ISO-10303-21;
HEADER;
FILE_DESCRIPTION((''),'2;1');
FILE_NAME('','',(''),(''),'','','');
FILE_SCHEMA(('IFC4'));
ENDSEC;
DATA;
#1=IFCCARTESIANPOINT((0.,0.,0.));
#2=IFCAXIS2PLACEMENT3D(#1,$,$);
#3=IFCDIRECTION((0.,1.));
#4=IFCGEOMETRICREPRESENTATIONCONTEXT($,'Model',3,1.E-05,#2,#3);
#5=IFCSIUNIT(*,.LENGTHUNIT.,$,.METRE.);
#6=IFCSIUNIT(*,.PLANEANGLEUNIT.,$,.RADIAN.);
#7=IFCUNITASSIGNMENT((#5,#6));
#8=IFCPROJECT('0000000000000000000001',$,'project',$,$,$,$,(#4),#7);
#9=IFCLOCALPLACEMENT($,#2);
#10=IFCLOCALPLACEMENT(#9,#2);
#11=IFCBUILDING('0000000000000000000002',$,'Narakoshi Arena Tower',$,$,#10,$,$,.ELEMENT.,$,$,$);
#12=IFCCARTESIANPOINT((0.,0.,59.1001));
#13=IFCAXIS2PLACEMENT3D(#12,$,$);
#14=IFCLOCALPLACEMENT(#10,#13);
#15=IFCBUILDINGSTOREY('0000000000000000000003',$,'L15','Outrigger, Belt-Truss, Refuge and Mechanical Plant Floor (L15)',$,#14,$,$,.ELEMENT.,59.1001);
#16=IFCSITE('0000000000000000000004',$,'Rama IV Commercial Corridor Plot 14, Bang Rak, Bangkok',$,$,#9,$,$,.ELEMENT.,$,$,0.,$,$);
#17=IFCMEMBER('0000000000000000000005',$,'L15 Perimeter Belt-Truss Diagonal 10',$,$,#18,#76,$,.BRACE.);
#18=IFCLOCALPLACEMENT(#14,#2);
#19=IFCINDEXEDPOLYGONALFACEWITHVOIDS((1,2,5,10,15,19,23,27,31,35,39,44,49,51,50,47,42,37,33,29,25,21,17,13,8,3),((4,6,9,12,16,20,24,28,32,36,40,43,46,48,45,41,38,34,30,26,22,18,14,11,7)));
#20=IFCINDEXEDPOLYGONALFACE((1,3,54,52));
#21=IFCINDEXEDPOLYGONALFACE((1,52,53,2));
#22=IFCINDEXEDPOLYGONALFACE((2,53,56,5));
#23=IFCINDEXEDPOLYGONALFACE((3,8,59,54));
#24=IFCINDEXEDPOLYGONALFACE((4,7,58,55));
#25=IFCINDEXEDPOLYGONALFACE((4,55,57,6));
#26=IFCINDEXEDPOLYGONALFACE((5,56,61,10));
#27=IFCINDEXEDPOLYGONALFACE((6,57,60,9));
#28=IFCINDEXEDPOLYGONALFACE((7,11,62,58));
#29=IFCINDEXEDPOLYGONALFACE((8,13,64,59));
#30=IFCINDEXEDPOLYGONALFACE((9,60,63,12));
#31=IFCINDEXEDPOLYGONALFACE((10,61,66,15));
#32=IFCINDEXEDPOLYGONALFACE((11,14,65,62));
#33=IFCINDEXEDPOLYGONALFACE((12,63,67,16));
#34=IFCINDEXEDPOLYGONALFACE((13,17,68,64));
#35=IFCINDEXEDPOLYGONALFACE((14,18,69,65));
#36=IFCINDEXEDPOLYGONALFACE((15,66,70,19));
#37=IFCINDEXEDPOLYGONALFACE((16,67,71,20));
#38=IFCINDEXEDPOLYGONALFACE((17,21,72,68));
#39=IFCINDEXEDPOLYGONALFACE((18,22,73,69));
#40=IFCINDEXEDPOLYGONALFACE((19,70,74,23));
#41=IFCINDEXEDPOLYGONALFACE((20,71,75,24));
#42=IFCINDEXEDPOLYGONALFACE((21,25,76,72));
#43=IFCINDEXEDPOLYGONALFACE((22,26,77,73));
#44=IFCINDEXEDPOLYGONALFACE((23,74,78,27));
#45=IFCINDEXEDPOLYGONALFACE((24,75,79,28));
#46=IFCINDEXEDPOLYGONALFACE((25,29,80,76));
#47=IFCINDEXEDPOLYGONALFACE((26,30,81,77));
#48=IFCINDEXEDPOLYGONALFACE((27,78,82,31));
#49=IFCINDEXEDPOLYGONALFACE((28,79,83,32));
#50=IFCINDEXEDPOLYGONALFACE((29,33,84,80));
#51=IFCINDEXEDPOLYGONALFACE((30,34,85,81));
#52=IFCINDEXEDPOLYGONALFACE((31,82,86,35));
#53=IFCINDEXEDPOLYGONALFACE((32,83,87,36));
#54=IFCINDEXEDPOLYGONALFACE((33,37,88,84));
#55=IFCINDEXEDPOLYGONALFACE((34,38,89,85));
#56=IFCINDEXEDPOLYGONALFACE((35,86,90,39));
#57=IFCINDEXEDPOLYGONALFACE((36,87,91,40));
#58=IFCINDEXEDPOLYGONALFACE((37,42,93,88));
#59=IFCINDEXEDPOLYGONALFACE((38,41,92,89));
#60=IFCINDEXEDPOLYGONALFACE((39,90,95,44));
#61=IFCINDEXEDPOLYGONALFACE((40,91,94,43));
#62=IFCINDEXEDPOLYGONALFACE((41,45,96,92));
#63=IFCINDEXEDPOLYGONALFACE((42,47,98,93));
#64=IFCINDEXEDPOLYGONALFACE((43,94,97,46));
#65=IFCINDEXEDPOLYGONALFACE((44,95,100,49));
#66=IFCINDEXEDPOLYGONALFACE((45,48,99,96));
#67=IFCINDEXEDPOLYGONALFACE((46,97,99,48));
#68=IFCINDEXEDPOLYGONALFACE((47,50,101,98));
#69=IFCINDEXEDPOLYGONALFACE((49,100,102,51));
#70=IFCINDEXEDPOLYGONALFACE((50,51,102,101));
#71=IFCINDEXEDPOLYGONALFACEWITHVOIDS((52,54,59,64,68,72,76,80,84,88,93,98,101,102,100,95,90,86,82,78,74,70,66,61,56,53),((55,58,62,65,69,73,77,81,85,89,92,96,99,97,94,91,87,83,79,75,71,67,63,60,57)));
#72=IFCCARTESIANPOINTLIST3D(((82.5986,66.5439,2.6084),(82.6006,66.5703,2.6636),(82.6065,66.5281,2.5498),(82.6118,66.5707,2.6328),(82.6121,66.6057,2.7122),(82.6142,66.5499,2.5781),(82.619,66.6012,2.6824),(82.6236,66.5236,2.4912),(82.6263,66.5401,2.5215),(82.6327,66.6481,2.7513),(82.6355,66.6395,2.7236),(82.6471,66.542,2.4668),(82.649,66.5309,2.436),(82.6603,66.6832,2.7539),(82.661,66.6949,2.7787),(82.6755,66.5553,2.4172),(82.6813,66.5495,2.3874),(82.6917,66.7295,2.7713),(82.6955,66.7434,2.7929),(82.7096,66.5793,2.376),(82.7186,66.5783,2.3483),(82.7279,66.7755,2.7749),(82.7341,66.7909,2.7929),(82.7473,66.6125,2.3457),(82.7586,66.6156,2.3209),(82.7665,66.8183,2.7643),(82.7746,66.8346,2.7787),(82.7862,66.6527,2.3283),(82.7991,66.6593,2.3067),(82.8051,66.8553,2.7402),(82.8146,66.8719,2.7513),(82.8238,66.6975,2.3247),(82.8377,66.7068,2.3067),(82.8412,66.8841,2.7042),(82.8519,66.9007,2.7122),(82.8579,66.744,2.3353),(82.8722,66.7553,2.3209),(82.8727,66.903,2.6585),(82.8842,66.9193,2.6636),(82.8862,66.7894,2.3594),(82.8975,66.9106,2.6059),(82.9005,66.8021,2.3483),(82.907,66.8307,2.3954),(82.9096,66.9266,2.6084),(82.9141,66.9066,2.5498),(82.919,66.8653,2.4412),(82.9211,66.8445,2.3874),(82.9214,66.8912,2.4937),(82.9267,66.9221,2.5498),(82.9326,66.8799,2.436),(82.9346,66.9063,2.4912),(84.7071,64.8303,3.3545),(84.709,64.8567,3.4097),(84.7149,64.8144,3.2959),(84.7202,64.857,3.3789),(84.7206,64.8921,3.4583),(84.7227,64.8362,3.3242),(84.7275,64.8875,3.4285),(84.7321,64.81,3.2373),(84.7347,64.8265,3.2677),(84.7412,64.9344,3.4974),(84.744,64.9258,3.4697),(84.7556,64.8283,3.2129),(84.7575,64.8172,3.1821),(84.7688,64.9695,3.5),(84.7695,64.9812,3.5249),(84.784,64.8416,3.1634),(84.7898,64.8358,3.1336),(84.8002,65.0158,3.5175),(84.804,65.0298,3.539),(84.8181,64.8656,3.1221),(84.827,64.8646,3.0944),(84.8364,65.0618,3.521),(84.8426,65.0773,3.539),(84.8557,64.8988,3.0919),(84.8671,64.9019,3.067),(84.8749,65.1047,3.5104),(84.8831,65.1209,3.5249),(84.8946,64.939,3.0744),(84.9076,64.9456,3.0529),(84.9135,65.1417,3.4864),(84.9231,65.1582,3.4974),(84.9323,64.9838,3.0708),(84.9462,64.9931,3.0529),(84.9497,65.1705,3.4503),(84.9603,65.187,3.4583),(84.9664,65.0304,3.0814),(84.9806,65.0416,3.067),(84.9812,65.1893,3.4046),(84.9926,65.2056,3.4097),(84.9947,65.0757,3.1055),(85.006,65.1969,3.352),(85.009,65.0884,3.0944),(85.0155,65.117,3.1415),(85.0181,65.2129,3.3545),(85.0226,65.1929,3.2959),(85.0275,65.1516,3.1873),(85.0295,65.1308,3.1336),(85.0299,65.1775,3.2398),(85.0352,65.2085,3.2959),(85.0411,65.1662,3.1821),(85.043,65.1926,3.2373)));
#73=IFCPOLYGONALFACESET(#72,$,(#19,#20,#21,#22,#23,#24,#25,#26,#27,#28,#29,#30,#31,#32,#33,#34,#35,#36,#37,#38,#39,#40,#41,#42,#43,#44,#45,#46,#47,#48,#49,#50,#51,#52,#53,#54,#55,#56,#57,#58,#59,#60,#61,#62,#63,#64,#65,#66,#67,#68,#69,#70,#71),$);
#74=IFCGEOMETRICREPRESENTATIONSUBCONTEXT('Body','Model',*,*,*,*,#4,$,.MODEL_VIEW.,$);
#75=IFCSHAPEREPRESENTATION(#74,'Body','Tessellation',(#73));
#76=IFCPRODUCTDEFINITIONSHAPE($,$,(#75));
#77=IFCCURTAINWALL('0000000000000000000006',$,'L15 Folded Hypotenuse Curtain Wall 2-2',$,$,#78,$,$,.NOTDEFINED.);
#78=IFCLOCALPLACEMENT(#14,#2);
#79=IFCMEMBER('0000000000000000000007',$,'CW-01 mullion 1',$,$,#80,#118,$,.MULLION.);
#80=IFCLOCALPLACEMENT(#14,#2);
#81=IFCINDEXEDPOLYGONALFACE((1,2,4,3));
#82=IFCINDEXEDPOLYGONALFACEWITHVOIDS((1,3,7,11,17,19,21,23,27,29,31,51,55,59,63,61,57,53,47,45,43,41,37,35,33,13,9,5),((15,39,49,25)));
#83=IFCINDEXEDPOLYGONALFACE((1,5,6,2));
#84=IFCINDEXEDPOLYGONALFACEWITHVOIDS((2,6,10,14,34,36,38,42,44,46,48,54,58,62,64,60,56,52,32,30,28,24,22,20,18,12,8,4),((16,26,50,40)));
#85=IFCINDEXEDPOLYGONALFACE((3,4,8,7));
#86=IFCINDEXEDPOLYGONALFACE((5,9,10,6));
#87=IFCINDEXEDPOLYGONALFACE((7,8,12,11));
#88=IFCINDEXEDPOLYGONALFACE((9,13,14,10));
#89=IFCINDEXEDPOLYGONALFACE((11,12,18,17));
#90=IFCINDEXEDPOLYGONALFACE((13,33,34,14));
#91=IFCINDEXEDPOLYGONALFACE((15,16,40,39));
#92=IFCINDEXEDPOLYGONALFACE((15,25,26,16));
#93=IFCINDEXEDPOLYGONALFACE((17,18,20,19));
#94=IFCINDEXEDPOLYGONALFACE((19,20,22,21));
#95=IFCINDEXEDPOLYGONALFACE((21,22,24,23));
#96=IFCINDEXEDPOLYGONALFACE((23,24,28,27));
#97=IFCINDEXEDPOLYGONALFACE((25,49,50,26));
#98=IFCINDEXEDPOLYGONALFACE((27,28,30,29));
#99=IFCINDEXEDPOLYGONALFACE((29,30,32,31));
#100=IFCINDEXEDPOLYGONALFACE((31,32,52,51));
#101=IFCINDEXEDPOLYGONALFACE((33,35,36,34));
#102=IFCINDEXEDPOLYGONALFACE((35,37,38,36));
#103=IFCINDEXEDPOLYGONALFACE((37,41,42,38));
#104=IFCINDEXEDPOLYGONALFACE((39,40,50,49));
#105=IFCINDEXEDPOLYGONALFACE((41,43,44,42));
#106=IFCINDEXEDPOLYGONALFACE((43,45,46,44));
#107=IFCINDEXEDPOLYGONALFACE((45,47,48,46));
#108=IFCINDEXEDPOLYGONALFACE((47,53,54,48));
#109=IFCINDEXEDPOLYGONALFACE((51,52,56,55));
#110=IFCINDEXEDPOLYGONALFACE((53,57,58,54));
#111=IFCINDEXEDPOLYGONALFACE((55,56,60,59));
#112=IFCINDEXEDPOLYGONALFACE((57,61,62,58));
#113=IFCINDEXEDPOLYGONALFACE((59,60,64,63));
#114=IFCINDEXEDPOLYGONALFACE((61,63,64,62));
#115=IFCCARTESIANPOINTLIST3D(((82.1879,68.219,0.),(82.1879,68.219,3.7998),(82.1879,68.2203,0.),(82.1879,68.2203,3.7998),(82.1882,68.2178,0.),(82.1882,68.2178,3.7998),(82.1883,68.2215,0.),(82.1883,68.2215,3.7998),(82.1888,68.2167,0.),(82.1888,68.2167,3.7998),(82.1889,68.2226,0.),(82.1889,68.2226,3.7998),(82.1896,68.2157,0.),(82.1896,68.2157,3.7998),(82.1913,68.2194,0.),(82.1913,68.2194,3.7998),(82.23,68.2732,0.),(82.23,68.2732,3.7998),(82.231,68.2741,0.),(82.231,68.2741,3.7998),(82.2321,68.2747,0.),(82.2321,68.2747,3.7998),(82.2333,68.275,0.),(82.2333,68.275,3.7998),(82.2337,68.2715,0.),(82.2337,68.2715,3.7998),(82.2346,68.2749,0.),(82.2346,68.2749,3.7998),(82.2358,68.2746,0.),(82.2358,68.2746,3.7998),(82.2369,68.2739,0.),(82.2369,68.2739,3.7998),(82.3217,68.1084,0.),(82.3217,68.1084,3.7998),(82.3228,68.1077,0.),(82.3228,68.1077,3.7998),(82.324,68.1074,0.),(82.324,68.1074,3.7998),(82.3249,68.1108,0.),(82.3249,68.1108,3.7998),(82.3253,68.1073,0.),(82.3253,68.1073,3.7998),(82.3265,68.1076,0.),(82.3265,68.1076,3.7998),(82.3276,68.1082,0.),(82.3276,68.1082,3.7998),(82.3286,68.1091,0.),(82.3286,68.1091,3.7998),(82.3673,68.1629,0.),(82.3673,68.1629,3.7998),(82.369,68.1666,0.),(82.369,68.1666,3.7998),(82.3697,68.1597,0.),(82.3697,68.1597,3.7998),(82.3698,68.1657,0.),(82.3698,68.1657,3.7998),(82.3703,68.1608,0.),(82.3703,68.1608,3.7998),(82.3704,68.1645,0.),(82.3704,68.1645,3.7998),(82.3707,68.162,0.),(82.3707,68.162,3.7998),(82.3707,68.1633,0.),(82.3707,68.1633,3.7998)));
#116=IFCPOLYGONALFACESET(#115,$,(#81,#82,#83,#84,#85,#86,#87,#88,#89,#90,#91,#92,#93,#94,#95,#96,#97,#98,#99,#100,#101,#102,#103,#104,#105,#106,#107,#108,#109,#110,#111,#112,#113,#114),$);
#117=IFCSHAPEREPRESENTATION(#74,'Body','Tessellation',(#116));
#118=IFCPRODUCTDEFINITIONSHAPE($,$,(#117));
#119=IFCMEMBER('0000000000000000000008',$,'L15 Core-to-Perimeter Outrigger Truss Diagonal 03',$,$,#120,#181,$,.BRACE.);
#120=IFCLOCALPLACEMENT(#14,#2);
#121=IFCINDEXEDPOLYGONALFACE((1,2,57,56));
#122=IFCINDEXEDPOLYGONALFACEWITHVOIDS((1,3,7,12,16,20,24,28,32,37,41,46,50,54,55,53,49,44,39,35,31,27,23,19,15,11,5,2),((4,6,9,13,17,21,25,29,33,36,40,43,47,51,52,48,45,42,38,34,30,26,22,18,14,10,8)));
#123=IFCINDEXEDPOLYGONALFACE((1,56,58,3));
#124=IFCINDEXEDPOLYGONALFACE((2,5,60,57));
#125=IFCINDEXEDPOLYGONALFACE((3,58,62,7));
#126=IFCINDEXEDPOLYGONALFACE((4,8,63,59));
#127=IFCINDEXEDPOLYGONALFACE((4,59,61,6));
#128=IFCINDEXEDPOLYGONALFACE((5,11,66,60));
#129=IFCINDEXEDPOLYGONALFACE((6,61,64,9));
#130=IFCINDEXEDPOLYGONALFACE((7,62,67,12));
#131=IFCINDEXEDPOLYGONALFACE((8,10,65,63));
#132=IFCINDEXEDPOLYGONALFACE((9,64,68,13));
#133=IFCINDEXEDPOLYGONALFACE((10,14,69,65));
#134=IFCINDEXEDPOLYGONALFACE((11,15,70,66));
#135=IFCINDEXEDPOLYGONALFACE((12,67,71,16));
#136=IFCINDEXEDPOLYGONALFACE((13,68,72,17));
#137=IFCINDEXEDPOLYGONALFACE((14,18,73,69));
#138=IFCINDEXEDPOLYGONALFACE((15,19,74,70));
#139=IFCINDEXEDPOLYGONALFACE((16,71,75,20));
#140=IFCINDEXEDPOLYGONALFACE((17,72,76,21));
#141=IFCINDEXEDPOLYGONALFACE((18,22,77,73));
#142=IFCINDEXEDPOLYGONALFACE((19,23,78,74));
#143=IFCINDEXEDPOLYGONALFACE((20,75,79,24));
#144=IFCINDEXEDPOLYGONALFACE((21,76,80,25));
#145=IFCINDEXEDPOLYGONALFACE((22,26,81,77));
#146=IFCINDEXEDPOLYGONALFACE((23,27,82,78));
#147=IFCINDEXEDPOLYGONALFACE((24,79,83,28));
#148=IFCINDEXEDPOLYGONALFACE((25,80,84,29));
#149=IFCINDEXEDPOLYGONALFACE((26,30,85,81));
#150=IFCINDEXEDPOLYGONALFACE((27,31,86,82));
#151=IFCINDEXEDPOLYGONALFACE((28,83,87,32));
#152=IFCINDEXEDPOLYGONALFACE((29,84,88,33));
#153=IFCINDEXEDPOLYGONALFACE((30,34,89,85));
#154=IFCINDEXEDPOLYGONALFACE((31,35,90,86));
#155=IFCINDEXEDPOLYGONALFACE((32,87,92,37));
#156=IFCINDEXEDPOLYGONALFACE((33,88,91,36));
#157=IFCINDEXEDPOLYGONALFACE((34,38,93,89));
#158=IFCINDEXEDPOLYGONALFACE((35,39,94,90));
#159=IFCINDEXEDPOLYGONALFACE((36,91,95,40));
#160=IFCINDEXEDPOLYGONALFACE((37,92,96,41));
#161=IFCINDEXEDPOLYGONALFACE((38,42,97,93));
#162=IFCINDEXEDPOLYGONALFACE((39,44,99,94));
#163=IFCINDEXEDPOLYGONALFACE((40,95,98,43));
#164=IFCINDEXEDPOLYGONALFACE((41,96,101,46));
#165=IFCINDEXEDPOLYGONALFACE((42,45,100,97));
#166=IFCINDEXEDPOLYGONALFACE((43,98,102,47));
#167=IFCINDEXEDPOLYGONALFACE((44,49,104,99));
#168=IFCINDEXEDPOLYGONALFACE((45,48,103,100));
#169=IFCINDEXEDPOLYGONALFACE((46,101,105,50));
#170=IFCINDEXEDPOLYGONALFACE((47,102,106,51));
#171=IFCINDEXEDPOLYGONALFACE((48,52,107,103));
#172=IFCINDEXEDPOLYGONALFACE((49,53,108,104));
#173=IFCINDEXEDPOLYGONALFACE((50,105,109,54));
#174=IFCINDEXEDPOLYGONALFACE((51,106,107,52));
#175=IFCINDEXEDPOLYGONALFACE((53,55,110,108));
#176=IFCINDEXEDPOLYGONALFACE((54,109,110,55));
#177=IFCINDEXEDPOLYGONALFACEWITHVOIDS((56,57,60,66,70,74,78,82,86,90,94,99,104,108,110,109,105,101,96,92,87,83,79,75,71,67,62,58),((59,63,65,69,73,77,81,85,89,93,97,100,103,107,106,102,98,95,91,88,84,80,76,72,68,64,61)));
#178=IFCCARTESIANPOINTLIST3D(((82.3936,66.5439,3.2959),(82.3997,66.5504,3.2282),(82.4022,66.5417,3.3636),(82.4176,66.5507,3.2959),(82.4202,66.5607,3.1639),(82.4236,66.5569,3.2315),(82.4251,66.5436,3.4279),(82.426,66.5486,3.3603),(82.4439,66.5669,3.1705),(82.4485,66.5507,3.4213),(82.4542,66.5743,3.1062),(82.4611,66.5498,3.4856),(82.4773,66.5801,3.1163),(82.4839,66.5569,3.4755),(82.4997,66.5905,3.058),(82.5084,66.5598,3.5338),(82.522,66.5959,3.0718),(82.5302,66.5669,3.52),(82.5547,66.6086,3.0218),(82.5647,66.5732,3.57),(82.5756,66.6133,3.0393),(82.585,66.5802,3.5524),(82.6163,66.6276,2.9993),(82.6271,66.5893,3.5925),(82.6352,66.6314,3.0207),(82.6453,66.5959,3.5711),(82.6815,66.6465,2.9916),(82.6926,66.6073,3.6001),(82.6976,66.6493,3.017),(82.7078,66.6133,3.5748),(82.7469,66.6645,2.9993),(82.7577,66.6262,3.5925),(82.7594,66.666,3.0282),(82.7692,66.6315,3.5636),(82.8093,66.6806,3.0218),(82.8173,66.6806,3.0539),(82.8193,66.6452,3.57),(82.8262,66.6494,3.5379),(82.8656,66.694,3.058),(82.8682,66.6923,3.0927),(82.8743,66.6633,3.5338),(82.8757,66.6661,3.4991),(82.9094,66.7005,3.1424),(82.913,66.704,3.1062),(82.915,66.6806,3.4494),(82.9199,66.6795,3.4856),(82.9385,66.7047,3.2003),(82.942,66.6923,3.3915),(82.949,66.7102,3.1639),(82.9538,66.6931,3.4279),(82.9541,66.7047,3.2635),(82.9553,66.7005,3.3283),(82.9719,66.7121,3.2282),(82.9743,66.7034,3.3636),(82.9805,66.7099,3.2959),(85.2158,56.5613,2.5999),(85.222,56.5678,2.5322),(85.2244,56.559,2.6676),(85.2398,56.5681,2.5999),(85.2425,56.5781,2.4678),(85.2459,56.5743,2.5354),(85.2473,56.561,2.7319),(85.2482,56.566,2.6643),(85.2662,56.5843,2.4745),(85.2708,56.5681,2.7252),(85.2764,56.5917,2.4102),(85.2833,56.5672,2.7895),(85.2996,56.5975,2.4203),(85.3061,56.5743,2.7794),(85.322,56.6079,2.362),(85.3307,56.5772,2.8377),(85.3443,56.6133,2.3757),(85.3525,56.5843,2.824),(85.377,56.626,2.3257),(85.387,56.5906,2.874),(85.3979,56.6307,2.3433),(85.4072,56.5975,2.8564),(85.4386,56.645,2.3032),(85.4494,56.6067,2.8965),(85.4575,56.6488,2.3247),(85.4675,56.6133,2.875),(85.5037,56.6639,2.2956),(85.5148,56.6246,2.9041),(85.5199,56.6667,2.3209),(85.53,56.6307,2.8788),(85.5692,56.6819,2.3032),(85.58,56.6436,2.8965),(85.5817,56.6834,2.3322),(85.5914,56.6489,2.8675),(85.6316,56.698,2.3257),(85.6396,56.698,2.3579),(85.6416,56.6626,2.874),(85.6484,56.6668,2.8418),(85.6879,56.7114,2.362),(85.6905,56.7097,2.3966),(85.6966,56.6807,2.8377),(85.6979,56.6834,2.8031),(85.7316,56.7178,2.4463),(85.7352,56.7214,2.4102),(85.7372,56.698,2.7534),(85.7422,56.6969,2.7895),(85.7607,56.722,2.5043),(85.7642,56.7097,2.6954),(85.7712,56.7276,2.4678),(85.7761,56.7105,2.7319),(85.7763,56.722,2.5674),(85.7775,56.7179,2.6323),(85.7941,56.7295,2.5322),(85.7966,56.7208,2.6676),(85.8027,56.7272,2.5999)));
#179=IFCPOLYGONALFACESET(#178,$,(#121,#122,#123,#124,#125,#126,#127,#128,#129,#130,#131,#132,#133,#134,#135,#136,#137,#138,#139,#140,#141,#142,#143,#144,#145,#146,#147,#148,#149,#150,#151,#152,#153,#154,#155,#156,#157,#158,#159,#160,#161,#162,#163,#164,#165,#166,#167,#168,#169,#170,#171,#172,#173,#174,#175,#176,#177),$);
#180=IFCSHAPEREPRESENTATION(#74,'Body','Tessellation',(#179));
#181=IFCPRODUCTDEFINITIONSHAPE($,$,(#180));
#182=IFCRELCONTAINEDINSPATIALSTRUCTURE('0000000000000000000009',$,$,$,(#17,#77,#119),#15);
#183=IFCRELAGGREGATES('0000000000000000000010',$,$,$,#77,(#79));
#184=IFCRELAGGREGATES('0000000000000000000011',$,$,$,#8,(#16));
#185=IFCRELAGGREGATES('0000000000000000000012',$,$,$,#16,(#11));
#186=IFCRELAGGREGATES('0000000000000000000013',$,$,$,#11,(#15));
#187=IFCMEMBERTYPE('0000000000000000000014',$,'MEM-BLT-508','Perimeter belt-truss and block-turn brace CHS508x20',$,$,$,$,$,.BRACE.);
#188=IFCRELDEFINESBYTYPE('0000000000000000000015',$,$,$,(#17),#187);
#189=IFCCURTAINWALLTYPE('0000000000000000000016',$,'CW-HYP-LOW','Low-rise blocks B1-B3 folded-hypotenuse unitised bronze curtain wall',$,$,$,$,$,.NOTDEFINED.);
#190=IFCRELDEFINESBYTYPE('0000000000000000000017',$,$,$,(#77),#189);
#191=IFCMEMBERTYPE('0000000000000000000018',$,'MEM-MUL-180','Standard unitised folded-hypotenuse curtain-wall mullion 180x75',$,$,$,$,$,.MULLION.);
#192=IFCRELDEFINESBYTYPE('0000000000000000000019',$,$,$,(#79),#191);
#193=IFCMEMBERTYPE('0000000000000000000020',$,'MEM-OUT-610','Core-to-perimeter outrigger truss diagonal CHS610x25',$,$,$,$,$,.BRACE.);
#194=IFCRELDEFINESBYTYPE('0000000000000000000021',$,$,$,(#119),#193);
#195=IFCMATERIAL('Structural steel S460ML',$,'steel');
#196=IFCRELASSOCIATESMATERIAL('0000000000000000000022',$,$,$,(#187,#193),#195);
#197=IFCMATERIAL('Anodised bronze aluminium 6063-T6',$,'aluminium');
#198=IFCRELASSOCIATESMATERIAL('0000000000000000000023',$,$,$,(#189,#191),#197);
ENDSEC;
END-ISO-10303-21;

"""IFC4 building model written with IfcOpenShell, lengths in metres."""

from ifc_helpers import new_model, si_unit, direction, frame, origin, origin_2d, place, context, subcontext, project, spatial, hollow_rectangle, hollow_circle, extrude, material, material_profile, profile_set, type_object, element, aggregate, save


model = new_model("IFC4")

# Units and contexts
model_context = context("Model", 3, precision=1e-05, world=origin(), true_north=direction((0.0, 1.0)))
body_context = subcontext(model_context, "Body", "Model", "MODEL_VIEW")
ifc_project = project(units=[si_unit("LENGTHUNIT", "METRE"), si_unit("PLANEANGLEUNIT", "RADIAN")], contexts=[model_context])

# Site, building, storey
site_placement = place(None, origin())
site = spatial("IfcSite", under=ifc_project, at=site_placement, Name="Rama IV Commercial Corridor Plot 14, Bang Rak, Bangkok", CompositionType="ELEMENT", RefElevation=0.0)
building_placement = place(site_placement, origin())
building = spatial("IfcBuilding", under=site, at=building_placement, Name="Narakoshi Arena Tower", CompositionType="ELEMENT")
storey_placement = place(building_placement, frame((0.0, 0.0, 59.1001)))
storey = spatial("IfcBuildingStorey", under=building, at=storey_placement, Name="L15", Description="Outrigger, Belt-Truss, Refuge and Mechanical Plant Floor (L15)", CompositionType="ELEMENT", Elevation=59.1001)

# Shared definitions
ifc_material_1 = material(Name="Structural steel S460ML", Category="steel")

# Member
ifc_material_profile_1 = material_profile(ifc_material_1, hollow_circle(Radius=0.2539, WallThickness=0.02, at=origin_2d()), Name="CHS508x20")
ifc_profile_set_1 = profile_set([ifc_material_profile_1], Name="Structural steel S460ML")
member_type_1 = type_object("IfcMemberType", Name="MEM-BLT-508", Description="Perimeter belt-truss and block-turn brace CHS508x20", PredefinedType="BRACE", material=ifc_profile_set_1)
member_1_placement = place(storey_placement, frame((82.7666, 66.7251, 2.5498), z_axis=(0.748313, -0.608199, 0.264804), x_axis=(0.630714, 0.776015, 0.0)))
element("IfcMember", 1, at=member_1_placement, inside=storey, type_object=member_type_1, Name="L15 Perimeter Belt-Truss Diagonal 10", PredefinedType="BRACE", context=body_context, shape_type="SweptSolid", body=[
    extrude(hollow_circle(Radius=0.2539, WallThickness=0.02, at=origin_2d()), origin(), (0.0, 0.0, 1.0), 2.8176),
])

# Curtain wall, member
ifc_material_2 = material(Name="Anodised bronze aluminium 6063-T6", Category="aluminium")
curtain_wall_type = type_object("IfcCurtainWallType", Name="CW-HYP-LOW", Description="Low-rise blocks B1-B3 folded-hypotenuse unitised bronze curtain wall", PredefinedType="NOTDEFINED", material=ifc_material_2)
curtain_wall_placement = place(storey_placement, origin())
curtain_wall = element("IfcCurtainWall", 2, at=curtain_wall_placement, inside=storey, type_object=curtain_wall_type, Name="L15 Folded Hypotenuse Curtain Wall 2-2", PredefinedType="NOTDEFINED")
ifc_material_profile_2 = material_profile(ifc_material_2, hollow_rectangle(XDim=0.075, YDim=0.1799, WallThickness=0.0039, OuterFilletRadius=0.0049, at=origin_2d()), Name="MUL180x75x4")
ifc_profile_set_2 = profile_set([ifc_material_profile_2], Name="Anodised bronze aluminium 6063-T6")
member_type_2 = type_object("IfcMemberType", Name="MEM-MUL-180", Description="Standard unitised folded-hypotenuse curtain-wall mullion 180x75", PredefinedType="MULLION", material=ifc_profile_set_2)
member_2_placement = place(storey_placement, frame((82.2793, 68.1912, 0.0), z_axis=(0.0, 0.0, 1.0), x_axis=(-0.630733, -0.776, 0.0)))
member_2 = element("IfcMember", 3, at=member_2_placement, type_object=member_type_2, Name="CW-01 mullion 1", PredefinedType="MULLION", context=body_context, shape_type="SweptSolid", body=[
    extrude(hollow_rectangle(XDim=0.075, YDim=0.1799, WallThickness=0.0039, OuterFilletRadius=0.0049, at=origin_2d()), origin(), (0.0, 0.0, 1.0), 3.7998),
])

# Member
ifc_material_profile_3 = material_profile(ifc_material_1, hollow_circle(Radius=0.3049, WallThickness=0.0249, at=origin_2d()), Name="CHS610x25")
ifc_profile_set_3 = profile_set([ifc_material_profile_3], Name="Structural steel S460ML")
member_type_3 = type_object("IfcMemberType", Name="MEM-OUT-610", Description="Core-to-perimeter outrigger truss diagonal CHS610x25", PredefinedType="BRACE", material=ifc_profile_set_3)
member_3_placement = place(storey_placement, frame((85.5093, 56.6443, 2.5999), z_axis=(-0.271443, 0.960124, 0.066945), x_axis=(-0.962282, -0.272053, 0.0)))
element("IfcMember", 4, at=member_3_placement, inside=storey, type_object=member_type_3, Name="L15 Core-to-Perimeter Outrigger Truss Diagonal 03", PredefinedType="BRACE", context=body_context, shape_type="SweptSolid", body=[
    extrude(hollow_circle(Radius=0.3049, WallThickness=0.0249, at=origin_2d()), origin(), (0.0, 0.0, 1.0), 10.3972),
])

aggregate(curtain_wall, [member_2])

save(model, "model.ifc")
